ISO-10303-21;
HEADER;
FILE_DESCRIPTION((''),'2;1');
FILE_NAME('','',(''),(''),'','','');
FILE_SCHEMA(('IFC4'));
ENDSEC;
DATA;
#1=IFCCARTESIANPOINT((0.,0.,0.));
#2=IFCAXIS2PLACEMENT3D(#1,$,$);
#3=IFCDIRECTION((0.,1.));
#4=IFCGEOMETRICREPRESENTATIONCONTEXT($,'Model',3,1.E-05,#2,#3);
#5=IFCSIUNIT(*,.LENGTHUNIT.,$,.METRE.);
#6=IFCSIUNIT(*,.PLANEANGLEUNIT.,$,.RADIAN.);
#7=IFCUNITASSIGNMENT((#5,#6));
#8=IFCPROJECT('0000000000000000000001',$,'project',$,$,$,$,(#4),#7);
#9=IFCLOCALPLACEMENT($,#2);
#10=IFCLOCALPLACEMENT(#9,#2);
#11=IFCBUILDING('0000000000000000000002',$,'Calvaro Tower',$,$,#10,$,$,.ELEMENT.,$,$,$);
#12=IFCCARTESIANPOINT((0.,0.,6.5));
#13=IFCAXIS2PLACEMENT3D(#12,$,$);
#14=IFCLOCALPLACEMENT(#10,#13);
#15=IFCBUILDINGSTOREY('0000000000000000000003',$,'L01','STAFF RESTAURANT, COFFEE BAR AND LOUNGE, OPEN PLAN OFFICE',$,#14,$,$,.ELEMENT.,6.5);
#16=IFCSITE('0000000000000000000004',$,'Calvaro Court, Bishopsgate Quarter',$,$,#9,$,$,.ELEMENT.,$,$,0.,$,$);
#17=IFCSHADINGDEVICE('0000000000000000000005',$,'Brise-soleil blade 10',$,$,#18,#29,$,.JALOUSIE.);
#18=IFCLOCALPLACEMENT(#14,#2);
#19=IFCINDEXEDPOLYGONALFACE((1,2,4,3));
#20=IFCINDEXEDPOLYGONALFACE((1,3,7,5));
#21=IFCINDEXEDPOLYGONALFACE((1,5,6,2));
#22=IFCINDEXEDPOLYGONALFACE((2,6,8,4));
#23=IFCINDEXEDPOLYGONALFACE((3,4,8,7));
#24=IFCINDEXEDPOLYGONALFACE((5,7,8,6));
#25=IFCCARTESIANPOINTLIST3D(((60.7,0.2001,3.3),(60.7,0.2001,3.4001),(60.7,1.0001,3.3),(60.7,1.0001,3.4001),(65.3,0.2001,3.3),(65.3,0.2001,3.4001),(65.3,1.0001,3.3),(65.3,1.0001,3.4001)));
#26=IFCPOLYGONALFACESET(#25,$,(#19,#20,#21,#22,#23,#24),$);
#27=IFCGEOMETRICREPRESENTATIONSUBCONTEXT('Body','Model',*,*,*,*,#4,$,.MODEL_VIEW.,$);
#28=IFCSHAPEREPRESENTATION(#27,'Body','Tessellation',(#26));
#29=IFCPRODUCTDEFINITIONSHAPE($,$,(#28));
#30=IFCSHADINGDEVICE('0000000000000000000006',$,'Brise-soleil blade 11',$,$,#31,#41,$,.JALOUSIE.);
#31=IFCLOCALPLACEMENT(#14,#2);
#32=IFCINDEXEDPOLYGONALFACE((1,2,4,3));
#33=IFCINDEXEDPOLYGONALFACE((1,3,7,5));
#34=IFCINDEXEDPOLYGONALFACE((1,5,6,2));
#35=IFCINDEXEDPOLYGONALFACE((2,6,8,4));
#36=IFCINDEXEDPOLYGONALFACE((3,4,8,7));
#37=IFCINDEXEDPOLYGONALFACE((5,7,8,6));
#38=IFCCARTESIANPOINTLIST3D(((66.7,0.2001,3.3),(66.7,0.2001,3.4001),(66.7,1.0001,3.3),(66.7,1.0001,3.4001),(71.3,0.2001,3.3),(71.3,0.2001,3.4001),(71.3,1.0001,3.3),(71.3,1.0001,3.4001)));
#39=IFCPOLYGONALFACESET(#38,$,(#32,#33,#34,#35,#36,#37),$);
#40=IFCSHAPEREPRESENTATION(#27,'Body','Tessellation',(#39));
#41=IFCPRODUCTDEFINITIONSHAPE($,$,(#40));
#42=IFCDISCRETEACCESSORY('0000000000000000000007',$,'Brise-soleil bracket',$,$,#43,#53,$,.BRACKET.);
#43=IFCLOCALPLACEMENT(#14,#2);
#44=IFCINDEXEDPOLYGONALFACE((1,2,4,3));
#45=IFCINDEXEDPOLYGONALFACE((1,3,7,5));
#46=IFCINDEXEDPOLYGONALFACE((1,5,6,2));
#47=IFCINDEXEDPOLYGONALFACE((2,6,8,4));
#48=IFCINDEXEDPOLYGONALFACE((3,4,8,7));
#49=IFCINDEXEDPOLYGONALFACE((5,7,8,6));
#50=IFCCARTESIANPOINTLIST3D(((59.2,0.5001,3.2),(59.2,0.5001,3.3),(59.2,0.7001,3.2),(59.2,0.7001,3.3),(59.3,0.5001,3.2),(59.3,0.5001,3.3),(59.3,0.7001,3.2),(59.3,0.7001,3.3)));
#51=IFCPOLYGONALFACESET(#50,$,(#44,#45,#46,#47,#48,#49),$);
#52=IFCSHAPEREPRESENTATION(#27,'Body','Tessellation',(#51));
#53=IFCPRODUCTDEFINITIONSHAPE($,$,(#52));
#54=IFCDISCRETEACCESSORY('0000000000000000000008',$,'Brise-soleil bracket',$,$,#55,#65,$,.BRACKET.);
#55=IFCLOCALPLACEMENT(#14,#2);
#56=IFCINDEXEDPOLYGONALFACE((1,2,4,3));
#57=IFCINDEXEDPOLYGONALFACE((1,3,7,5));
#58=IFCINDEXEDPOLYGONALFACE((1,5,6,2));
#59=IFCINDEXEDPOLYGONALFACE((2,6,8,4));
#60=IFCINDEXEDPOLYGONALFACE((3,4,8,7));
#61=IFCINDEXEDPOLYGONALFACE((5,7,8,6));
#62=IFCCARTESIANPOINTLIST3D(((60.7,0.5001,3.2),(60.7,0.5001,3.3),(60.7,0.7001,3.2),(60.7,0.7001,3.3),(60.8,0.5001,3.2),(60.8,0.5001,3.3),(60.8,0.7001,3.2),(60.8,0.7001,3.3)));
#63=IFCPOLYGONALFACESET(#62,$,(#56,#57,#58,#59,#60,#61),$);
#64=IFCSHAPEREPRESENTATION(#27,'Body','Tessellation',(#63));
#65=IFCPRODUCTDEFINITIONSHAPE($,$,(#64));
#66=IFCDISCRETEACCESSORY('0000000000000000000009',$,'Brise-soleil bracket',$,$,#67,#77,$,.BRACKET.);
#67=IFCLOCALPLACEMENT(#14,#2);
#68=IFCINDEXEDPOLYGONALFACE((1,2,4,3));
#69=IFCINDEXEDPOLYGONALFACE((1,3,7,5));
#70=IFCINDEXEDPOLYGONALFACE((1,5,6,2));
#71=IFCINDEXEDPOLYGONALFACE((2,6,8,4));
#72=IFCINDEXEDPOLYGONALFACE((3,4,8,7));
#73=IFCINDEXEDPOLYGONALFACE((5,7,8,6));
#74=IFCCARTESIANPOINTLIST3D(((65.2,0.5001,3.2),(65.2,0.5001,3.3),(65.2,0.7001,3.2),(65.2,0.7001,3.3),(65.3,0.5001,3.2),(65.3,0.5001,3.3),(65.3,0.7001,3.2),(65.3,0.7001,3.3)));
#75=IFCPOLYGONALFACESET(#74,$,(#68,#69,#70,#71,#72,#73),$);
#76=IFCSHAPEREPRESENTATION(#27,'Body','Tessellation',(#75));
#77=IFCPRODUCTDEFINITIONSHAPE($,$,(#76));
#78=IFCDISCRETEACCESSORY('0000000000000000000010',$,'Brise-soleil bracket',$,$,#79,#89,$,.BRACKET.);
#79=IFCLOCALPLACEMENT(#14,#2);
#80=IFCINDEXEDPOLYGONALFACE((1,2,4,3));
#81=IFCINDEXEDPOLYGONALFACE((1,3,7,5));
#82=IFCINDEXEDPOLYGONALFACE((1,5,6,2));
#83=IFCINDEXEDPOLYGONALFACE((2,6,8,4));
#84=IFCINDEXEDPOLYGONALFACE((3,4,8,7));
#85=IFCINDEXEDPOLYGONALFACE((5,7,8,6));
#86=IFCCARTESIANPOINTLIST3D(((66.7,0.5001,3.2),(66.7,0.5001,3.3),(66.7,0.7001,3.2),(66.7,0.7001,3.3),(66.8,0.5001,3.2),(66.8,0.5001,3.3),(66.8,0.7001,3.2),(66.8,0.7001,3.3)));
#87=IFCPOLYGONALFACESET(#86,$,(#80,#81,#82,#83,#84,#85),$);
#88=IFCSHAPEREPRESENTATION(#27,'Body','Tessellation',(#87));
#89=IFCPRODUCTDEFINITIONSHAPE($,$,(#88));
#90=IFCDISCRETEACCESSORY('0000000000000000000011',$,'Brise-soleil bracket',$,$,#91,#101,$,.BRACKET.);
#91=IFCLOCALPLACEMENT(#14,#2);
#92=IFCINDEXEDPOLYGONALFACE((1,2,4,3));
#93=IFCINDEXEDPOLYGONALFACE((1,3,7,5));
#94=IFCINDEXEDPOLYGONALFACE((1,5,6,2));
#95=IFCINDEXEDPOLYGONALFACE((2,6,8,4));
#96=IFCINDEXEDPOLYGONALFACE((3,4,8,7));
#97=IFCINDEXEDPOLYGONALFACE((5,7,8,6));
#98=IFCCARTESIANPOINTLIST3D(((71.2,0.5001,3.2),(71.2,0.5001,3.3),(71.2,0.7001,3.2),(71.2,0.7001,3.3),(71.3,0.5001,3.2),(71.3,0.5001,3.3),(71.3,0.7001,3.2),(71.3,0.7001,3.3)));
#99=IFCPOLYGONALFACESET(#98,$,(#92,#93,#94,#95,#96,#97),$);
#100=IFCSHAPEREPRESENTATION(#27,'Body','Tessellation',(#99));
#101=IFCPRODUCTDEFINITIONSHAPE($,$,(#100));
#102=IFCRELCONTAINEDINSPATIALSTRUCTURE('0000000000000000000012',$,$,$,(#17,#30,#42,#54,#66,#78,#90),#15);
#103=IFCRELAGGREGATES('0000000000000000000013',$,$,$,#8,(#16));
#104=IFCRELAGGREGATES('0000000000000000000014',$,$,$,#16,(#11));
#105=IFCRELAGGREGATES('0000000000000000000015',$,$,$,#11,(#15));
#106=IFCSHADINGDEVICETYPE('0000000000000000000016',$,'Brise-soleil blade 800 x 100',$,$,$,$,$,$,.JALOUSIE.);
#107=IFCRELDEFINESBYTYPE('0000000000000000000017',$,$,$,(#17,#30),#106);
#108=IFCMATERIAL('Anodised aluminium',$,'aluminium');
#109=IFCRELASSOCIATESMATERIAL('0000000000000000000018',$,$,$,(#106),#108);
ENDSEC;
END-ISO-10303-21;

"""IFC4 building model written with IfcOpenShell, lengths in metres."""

from ifc_helpers import new_model, si_unit, direction, frame, origin, origin_2d, place, context, subcontext, project, spatial, rectangle, extrude, material, material_profile, profile_set, type_object, element, save


model = new_model("IFC4")

# Units and contexts
model_context = context("Model", 3, precision=1e-05, world=origin(), true_north=direction((0.0, 1.0)))
body_context = subcontext(model_context, "Body", "Model", "MODEL_VIEW")
ifc_project = project(units=[si_unit("LENGTHUNIT", "METRE"), si_unit("PLANEANGLEUNIT", "RADIAN")], contexts=[model_context])

# Site, building, storey
site_placement = place(None, origin())
site = spatial("IfcSite", under=ifc_project, at=site_placement, Name="Calvaro Court, Bishopsgate Quarter", CompositionType="ELEMENT", RefElevation=0.0)
building_placement = place(site_placement, origin())
building = spatial("IfcBuilding", under=site, at=building_placement, Name="Calvaro Tower", CompositionType="ELEMENT")
storey_placement = place(building_placement, frame((0.0, 0.0, 6.5)))
storey = spatial("IfcBuildingStorey", under=building, at=storey_placement, Name="L01", Description="STAFF RESTAURANT, COFFEE BAR AND LOUNGE, OPEN PLAN OFFICE", CompositionType="ELEMENT", Elevation=6.5)

# Shading devices
ifc_material_1 = material(Name="Anodised aluminium", Category="aluminium")
ifc_material_profile_1 = material_profile(ifc_material_1, rectangle(XDim=0.8, YDim=0.1001, at=origin_2d()), Name="Brise-soleil blade 800 x 100")
ifc_profile_set_1 = profile_set([ifc_material_profile_1], Name="Anodised aluminium")
shading_device_type = type_object("IfcShadingDeviceType", Name="Brise-soleil blade 800 x 100", PredefinedType="JALOUSIE", material=ifc_profile_set_1)
for number, where, z_axis, x_axis, name in (
    (1, (60.7, 0.6001, 3.3501), (1.0, 0.0, 0.0), (0.0, 1.0, 0.0), "Brise-soleil blade 10"),
    (2, (66.7, 0.6001, 3.3501), (1.0, 0.0, 0.0), (0.0, 1.0, 0.0), "Brise-soleil blade 11"),
):
    element("IfcShadingDevice", number, at=place(storey_placement, frame(where, z_axis=z_axis, x_axis=x_axis)), inside=storey, type_object=shading_device_type, Name=name, PredefinedType="JALOUSIE", context=body_context, shape_type="SweptSolid", body=[
        extrude(rectangle(XDim=0.8, YDim=0.1001, at=origin_2d()), origin(), (0.0, 0.0, 1.0), 4.6001),
    ])

# Discrete accessories
for number, where, z_axis, x_axis, name in (
    (3, (59.25, 0.6001, 3.2), (0.0, 0.0, 1.0), (1.0, 0.0, 0.0), "Brise-soleil bracket"),
    (4, (60.75, 0.6001, 3.2), (0.0, 0.0, 1.0), (1.0, 0.0, 0.0), "Brise-soleil bracket"),
    (5, (65.25, 0.6001, 3.2), (0.0, 0.0, 1.0), (1.0, 0.0, 0.0), "Brise-soleil bracket"),
    (6, (66.75, 0.6001, 3.2), (0.0, 0.0, 1.0), (1.0, 0.0, 0.0), "Brise-soleil bracket"),
    (7, (71.25, 0.6001, 3.2), (0.0, 0.0, 1.0), (1.0, 0.0, 0.0), "Brise-soleil bracket"),
):
    element("IfcDiscreteAccessory", number, at=place(storey_placement, frame(where, z_axis=z_axis, x_axis=x_axis)), inside=storey, Name=name, PredefinedType="BRACKET", context=body_context, shape_type="SweptSolid", body=[
        extrude(rectangle(XDim=0.1001, YDim=0.2, at=origin_2d()), origin(), (0.0, 0.0, 1.0), 0.1001),
    ])

save(model, "model.ifc")
